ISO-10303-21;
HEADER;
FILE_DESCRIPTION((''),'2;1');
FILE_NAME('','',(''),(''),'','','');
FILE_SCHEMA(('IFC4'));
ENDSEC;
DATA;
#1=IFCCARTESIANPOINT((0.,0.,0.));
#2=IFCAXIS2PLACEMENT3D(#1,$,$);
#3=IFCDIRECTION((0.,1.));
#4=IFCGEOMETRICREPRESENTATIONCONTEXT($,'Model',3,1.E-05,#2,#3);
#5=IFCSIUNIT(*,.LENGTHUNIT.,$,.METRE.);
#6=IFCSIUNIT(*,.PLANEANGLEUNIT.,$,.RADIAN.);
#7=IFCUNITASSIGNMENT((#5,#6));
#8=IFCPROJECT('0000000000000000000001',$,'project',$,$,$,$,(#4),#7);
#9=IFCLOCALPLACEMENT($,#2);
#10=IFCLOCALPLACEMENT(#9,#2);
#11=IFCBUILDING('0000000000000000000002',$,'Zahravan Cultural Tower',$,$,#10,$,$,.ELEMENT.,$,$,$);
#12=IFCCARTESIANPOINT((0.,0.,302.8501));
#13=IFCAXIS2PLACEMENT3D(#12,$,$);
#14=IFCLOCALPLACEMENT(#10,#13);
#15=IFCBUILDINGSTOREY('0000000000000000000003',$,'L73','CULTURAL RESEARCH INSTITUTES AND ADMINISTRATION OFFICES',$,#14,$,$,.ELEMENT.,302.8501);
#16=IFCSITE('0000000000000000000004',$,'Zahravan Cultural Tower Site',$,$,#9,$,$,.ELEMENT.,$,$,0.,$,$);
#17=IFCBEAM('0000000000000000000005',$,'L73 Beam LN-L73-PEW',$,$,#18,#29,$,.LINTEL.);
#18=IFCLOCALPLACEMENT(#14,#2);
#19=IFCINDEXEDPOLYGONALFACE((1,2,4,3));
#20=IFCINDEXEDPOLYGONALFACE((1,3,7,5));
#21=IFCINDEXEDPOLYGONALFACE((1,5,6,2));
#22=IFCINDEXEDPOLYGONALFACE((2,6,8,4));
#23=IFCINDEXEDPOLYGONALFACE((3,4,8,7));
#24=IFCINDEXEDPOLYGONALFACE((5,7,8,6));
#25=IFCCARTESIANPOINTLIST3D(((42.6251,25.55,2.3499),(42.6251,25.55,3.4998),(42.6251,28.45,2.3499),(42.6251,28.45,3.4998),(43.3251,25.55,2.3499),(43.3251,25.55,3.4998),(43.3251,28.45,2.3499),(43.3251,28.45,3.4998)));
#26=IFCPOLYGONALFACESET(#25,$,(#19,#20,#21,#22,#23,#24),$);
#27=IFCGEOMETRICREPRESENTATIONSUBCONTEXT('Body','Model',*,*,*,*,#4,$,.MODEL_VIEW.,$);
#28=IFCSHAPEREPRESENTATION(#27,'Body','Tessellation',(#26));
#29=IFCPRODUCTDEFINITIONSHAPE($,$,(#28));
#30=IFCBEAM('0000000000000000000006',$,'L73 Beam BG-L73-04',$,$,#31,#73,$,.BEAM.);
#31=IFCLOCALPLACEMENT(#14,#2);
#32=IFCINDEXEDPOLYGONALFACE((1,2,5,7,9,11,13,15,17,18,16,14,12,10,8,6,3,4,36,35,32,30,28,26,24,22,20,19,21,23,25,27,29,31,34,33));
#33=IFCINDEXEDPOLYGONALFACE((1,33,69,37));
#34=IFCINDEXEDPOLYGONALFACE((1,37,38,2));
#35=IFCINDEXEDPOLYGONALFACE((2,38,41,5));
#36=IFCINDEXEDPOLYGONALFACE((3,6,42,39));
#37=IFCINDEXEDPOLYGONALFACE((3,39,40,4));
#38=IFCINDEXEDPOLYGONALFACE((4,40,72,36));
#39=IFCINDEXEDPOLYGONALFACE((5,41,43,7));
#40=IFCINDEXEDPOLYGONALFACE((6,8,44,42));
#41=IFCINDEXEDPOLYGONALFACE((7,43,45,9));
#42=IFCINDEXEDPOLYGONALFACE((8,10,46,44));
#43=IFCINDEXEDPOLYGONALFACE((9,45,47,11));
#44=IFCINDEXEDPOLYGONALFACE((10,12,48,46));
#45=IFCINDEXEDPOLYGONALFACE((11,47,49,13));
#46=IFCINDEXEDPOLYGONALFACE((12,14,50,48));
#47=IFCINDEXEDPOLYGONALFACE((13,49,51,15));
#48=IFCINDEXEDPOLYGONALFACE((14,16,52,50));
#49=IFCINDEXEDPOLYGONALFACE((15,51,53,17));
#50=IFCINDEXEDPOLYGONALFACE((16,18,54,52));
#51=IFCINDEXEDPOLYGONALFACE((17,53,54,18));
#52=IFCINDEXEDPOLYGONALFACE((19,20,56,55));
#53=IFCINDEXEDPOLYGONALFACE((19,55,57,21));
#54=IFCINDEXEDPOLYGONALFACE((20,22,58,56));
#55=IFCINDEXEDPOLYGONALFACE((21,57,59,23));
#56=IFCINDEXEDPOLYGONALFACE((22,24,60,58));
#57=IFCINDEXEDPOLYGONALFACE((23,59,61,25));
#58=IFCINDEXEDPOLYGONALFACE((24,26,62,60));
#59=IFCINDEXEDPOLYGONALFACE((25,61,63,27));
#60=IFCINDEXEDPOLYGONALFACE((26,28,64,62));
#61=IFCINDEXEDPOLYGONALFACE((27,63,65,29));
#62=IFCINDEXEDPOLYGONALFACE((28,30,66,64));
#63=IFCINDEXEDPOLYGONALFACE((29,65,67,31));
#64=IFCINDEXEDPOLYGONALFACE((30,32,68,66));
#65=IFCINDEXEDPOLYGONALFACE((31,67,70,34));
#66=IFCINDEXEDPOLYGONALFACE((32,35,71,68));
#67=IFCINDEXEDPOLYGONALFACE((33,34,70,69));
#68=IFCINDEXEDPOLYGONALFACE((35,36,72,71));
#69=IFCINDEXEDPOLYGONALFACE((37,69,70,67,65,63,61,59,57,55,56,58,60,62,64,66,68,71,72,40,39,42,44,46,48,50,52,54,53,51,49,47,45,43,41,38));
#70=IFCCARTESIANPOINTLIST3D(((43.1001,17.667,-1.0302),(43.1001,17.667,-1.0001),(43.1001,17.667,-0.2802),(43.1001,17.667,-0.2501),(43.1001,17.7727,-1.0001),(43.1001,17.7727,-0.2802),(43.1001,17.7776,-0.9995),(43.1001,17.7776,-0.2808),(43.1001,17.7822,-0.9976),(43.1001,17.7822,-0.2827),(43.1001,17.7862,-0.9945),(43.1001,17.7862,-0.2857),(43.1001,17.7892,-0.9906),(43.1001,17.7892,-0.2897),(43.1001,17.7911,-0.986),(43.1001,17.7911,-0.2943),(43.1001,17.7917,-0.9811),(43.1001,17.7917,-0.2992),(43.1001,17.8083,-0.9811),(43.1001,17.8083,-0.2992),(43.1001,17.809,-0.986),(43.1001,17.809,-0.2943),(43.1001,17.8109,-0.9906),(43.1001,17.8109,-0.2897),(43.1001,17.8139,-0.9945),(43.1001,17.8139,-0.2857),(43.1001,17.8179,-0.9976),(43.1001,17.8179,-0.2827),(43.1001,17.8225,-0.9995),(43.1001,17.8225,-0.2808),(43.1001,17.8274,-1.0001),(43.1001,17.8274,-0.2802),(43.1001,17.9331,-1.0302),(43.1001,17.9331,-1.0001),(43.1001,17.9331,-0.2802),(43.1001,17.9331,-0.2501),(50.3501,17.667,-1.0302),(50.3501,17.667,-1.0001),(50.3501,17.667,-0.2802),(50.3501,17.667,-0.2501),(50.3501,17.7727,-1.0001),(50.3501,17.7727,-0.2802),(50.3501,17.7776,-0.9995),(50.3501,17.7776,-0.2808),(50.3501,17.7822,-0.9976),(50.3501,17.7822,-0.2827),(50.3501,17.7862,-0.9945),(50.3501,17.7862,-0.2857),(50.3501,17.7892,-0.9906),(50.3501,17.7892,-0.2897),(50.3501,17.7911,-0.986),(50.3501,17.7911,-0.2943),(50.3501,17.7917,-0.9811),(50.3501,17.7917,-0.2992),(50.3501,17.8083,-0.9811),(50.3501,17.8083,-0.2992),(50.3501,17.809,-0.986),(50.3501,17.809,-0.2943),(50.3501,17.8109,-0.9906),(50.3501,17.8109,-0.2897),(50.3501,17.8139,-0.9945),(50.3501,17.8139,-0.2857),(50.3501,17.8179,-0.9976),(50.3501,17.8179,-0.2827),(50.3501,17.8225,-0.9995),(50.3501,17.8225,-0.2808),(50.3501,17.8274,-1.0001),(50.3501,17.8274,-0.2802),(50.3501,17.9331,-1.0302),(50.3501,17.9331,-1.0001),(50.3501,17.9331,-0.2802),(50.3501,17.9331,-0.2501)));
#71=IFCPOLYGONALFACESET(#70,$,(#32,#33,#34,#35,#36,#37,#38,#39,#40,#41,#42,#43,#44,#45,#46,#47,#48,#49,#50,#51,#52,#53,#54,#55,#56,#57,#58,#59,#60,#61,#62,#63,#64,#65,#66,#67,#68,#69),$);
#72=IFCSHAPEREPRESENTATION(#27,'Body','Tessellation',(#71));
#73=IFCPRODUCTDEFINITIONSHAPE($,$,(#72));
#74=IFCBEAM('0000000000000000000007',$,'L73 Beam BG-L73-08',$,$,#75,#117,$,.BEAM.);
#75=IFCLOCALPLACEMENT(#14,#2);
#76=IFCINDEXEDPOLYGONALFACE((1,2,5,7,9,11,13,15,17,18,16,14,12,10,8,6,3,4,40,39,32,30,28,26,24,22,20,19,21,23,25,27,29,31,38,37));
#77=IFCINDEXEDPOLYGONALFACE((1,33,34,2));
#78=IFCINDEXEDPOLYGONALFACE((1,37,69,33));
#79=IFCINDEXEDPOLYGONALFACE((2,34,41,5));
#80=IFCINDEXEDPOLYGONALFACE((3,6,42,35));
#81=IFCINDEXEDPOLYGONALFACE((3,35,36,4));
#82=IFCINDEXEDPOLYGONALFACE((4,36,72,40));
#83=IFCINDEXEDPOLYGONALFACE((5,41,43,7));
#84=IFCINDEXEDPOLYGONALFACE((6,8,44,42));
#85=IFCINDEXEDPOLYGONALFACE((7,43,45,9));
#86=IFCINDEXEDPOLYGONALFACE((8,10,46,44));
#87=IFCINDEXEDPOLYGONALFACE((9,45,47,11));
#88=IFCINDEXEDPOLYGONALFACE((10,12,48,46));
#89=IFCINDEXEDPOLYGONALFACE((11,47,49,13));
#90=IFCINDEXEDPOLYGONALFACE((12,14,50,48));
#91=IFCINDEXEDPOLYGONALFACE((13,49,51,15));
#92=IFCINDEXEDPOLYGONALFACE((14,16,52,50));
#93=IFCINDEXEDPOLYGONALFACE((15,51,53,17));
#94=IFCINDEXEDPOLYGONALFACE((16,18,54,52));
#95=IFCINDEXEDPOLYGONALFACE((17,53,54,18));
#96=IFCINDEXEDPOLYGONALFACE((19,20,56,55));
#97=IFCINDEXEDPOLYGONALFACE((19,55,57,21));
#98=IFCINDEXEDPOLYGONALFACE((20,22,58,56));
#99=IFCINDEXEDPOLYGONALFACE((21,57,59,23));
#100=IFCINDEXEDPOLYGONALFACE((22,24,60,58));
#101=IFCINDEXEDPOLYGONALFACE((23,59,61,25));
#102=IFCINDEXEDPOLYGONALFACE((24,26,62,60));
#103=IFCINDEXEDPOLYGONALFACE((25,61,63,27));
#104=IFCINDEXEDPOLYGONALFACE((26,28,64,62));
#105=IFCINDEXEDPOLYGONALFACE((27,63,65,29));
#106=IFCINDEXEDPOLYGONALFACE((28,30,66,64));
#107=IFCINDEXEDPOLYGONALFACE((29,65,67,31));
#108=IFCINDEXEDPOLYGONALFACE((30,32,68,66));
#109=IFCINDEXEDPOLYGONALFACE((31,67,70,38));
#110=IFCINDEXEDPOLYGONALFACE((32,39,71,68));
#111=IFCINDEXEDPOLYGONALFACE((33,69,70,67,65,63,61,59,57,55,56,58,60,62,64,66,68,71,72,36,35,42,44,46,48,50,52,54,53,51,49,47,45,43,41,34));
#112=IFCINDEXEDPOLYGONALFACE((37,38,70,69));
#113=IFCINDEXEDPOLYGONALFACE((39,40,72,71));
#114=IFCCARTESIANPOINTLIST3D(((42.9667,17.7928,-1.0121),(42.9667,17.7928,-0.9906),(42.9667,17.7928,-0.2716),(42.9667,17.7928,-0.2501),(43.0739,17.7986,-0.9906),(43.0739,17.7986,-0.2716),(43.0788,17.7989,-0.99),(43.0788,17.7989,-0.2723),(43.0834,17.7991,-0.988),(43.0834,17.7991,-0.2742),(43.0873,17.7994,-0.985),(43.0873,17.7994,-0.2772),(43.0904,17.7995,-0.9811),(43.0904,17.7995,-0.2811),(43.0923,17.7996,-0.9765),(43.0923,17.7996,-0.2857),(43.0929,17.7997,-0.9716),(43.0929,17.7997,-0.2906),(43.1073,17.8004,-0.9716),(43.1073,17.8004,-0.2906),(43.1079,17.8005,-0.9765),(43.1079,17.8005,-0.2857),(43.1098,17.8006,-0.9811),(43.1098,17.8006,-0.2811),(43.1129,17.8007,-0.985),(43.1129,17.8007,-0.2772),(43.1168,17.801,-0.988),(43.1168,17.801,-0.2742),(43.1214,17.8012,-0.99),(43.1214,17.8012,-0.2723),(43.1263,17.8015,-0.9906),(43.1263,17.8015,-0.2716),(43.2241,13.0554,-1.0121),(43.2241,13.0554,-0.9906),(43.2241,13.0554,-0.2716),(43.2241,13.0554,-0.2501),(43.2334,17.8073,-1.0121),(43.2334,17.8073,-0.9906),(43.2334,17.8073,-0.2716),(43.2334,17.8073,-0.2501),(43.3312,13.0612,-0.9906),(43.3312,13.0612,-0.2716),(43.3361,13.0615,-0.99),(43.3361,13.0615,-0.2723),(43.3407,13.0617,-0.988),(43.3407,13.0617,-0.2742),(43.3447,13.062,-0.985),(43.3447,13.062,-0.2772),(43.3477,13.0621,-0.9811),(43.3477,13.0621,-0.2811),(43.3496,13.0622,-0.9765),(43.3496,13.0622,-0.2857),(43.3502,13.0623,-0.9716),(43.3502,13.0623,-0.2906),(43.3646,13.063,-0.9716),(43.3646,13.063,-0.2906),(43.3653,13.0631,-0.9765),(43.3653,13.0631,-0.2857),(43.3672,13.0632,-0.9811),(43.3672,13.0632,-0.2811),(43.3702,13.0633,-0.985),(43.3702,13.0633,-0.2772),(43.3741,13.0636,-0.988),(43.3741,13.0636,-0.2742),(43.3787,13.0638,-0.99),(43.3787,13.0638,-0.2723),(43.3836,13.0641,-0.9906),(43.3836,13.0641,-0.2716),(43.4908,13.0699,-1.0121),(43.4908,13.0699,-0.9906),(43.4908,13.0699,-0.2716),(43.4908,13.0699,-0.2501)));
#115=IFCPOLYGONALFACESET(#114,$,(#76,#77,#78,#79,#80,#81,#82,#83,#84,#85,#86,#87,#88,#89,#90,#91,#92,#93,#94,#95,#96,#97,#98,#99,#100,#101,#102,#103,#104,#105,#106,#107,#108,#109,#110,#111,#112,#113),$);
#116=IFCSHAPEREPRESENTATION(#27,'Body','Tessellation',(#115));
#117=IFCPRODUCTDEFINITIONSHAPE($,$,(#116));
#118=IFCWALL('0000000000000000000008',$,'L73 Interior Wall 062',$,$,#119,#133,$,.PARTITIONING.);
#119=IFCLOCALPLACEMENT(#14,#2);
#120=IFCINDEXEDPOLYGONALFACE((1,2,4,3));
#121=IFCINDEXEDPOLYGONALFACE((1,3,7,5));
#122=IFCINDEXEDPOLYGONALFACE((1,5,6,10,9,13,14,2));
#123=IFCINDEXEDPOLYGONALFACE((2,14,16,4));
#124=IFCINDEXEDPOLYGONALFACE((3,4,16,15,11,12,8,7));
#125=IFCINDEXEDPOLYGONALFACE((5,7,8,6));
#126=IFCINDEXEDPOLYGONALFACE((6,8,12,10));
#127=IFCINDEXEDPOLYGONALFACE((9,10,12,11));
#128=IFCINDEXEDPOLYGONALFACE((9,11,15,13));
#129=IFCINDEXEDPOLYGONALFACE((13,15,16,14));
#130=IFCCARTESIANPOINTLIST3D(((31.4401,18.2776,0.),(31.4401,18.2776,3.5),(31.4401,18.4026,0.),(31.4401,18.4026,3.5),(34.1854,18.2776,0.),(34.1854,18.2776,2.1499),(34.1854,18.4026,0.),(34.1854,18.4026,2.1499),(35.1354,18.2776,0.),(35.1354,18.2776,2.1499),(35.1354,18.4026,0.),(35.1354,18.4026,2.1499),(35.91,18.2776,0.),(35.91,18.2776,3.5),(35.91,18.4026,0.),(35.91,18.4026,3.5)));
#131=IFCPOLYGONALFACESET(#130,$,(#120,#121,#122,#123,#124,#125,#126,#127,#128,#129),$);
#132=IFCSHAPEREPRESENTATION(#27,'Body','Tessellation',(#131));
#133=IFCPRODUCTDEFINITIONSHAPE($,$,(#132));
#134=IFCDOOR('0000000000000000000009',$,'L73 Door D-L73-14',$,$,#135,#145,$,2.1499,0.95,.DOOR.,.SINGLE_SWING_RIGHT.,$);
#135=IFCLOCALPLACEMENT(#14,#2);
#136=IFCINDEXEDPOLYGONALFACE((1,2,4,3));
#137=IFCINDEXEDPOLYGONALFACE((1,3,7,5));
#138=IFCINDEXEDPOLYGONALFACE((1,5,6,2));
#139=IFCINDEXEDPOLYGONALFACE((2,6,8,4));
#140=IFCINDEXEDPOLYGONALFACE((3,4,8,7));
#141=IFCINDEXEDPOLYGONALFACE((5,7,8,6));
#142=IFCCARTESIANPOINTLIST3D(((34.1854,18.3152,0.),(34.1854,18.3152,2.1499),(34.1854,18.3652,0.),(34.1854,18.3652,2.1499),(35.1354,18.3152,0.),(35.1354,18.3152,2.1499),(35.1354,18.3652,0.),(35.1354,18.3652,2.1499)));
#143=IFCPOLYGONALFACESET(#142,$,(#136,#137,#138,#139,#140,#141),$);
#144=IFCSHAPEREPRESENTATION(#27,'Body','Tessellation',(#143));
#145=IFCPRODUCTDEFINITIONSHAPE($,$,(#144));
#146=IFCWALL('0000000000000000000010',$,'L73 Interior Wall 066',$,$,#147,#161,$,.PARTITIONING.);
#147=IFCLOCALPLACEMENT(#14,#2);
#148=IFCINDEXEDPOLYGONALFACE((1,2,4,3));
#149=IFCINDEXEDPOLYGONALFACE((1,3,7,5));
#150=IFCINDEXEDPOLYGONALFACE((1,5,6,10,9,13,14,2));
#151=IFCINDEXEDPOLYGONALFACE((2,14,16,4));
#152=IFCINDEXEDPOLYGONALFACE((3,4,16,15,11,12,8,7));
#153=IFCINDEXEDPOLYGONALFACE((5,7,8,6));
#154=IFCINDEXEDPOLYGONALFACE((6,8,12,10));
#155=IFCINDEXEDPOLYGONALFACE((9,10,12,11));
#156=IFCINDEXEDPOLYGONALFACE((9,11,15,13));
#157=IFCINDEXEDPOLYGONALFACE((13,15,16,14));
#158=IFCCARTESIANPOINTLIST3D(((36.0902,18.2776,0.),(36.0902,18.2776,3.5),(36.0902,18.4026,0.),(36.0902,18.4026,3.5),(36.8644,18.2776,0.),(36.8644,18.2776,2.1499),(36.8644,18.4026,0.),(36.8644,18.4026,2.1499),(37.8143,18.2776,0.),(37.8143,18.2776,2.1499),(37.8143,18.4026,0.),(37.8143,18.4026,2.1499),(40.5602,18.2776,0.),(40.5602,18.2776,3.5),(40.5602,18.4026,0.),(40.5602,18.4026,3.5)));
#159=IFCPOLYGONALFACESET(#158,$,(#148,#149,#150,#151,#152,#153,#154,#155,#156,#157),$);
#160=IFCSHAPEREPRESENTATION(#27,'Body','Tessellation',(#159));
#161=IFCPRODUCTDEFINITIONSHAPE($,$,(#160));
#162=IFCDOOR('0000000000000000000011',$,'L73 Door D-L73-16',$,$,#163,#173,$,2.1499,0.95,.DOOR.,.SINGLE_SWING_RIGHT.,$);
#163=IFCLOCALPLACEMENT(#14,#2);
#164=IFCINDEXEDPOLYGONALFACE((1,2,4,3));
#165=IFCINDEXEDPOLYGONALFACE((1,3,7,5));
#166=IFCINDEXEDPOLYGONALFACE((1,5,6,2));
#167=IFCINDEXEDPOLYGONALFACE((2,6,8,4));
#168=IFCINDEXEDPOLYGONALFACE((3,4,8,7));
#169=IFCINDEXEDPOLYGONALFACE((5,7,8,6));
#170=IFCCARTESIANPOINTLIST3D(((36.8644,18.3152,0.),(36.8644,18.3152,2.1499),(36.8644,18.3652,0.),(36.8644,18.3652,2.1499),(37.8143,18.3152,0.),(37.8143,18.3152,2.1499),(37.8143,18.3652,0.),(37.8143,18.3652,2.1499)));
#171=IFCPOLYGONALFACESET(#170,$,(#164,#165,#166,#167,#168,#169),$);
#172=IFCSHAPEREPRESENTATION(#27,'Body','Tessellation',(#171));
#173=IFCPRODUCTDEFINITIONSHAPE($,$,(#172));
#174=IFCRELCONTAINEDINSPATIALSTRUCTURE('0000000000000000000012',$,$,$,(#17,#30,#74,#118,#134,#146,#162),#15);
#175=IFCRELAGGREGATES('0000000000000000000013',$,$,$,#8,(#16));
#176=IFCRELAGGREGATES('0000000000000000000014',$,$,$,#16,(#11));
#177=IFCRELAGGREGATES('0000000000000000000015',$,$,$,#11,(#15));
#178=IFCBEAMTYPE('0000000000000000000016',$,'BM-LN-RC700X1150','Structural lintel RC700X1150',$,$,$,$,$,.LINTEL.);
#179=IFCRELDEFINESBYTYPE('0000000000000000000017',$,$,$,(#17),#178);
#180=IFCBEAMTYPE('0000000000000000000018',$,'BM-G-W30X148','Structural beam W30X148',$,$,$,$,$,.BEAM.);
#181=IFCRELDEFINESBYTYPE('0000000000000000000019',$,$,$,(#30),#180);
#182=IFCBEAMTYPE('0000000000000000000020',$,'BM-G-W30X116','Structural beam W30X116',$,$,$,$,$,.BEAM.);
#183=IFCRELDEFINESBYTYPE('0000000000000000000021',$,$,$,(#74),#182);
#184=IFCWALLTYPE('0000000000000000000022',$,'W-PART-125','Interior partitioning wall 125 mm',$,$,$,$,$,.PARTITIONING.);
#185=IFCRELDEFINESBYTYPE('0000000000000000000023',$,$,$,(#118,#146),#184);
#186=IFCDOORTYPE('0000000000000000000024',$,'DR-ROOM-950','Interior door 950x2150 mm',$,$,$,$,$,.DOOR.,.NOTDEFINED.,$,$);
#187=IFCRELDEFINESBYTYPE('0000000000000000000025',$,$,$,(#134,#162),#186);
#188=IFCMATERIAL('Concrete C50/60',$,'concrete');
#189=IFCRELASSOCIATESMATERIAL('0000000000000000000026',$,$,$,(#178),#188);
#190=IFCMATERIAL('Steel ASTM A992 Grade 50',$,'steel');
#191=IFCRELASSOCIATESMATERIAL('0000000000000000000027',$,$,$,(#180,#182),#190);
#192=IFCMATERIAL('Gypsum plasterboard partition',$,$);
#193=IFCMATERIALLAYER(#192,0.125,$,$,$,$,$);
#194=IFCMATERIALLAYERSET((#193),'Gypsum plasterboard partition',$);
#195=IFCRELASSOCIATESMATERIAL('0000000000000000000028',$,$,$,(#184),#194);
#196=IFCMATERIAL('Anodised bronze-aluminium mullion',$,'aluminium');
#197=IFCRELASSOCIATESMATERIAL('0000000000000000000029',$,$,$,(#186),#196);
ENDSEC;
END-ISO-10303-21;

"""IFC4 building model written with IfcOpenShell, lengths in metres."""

from ifc_helpers import new_model, si_unit, direction, frame, frame_2d, origin, origin_2d, place, context, subcontext, project, spatial, rectangle, i_section, extrude, source, transform, mapped, material, layer, layer_set, material_profile, profile_set, type_object, element, fill, save


model = new_model("IFC4")

# Units and contexts
model_context = context("Model", 3, precision=1e-05, world=origin(), true_north=direction((0.0, 1.0)))
body_context = subcontext(model_context, "Body", "Model", "MODEL_VIEW")
ifc_project = project(units=[si_unit("LENGTHUNIT", "METRE"), si_unit("PLANEANGLEUNIT", "RADIAN")], contexts=[model_context])

# Site, building, storey
site_placement = place(None, origin())
site = spatial("IfcSite", under=ifc_project, at=site_placement, Name="Zahravan Cultural Tower Site", CompositionType="ELEMENT", RefElevation=0.0)
building_placement = place(site_placement, origin())
building = spatial("IfcBuilding", under=site, at=building_placement, Name="Zahravan Cultural Tower", CompositionType="ELEMENT")
storey_placement = place(building_placement, frame((0.0, 0.0, 302.8501)))
storey = spatial("IfcBuildingStorey", under=building, at=storey_placement, Name="L73", Description="CULTURAL RESEARCH INSTITUTES AND ADMINISTRATION OFFICES", CompositionType="ELEMENT", Elevation=302.8501)

# Beams
ifc_material_1 = material(Name="Concrete C50/60", Category="concrete")
ifc_material_profile_1 = material_profile(ifc_material_1, rectangle(XDim=0.7, YDim=1.1499, at=origin_2d()), Name="RC700X1150")
ifc_profile_set_1 = profile_set([ifc_material_profile_1], Name="Concrete C50/60")
beam_type_1 = type_object("IfcBeamType", Name="BM-LN-RC700X1150", Description="Structural lintel RC700X1150", PredefinedType="LINTEL", material=ifc_profile_set_1)
shared_shape_1 = source(origin(), body_context, "Body", "SweptSolid", [
    extrude(rectangle(XDim=0.7, YDim=1.1499, at=origin_2d()), origin(), (0.0, 0.0, 1.0), 2.8999),
])
beam_1_placement = place(storey_placement, frame((42.9751, 25.55, 2.9248), z_axis=(0.0, 1.0, 0.0), x_axis=(-1.0, 0.0, 0.0)))
element("IfcBeam", 1, at=beam_1_placement, inside=storey, type_object=beam_type_1, Name="L73 Beam LN-L73-PEW", PredefinedType="LINTEL", context=body_context, shape_type="MappedRepresentation", body=[
    mapped(shared_shape_1, transform((0.0, 0.0, 0.0), x_axis=(1.0, 0.0, 0.0), y_axis=(0.0, 1.0, 0.0), z_axis=(0.0, 0.0, 1.0), scale=1.0)),
])
ifc_material_2 = material(Name="Steel ASTM A992 Grade 50", Category="steel")
ifc_material_profile_2 = material_profile(ifc_material_2, i_section(OverallWidth=0.2661, OverallDepth=0.78, WebThickness=0.0166, FlangeThickness=0.03, FilletRadius=0.019, at=origin_2d()), Name="W30X148")
ifc_profile_set_2 = profile_set([ifc_material_profile_2], Name="Steel ASTM A992 Grade 50")
beam_type_2 = type_object("IfcBeamType", Name="BM-G-W30X148", Description="Structural beam W30X148", PredefinedType="BEAM", material=ifc_profile_set_2)
shared_shape_2 = source(origin(), body_context, "Body", "SweptSolid", [
    extrude(i_section(OverallWidth=0.2661, OverallDepth=0.78, WebThickness=0.0166, FlangeThickness=0.03, FilletRadius=0.019, at=origin_2d()), origin(), (0.0, 0.0, 1.0), 7.25),
])
beam_2_placement = place(storey_placement, frame((43.1001, 17.8, -0.6401), z_axis=(1.0, 0.0, 0.0), x_axis=(0.0, 1.0, 0.0)))
element("IfcBeam", 2, at=beam_2_placement, inside=storey, type_object=beam_type_2, Name="L73 Beam BG-L73-04", PredefinedType="BEAM", context=body_context, shape_type="MappedRepresentation", body=[
    mapped(shared_shape_2, transform((0.0, 0.0, 0.0), x_axis=(1.0, 0.0, 0.0), y_axis=(0.0, 1.0, 0.0), z_axis=(0.0, 0.0, 1.0), scale=1.0)),
])
ifc_material_profile_3 = material_profile(ifc_material_2, i_section(OverallWidth=0.2671, OverallDepth=0.762, WebThickness=0.0144, FlangeThickness=0.0215, FilletRadius=0.019, at=origin_2d()), Name="W30X116")
ifc_profile_set_3 = profile_set([ifc_material_profile_3], Name="Steel ASTM A992 Grade 50")
beam_type_3 = type_object("IfcBeamType", Name="BM-G-W30X116", Description="Structural beam W30X116", PredefinedType="BEAM", material=ifc_profile_set_3)
shared_shape_3 = source(origin(), body_context, "Body", "SweptSolid", [
    extrude(i_section(OverallWidth=0.2671, OverallDepth=0.762, WebThickness=0.0144, FlangeThickness=0.0215, FilletRadius=0.019, at=origin_2d()), origin(), (0.0, 0.0, 1.0), 4.7444),
])
beam_3_placement = place(storey_placement, frame((43.1001, 17.8, -0.6311), z_axis=(0.054239, -0.998528, 0.0), x_axis=(0.998528, 0.054239, 0.0)))
element("IfcBeam", 3, at=beam_3_placement, inside=storey, type_object=beam_type_3, Name="L73 Beam BG-L73-08", PredefinedType="BEAM", context=body_context, shape_type="MappedRepresentation", body=[
    mapped(shared_shape_3, transform((0.0, 0.0, 0.0), x_axis=(1.0, 0.0, 0.0), y_axis=(0.0, 1.0, 0.0), z_axis=(0.0, 0.0, 1.0), scale=1.0)),
])

# Walls, openings, doors
ifc_material_3 = material(Name="Gypsum plasterboard partition")
ifc_layer_1 = layer(ifc_material_3, 0.125)
ifc_layer_set_1 = layer_set([ifc_layer_1], Name="Gypsum plasterboard partition")
wall_type_1 = type_object("IfcWallType", Name="W-PART-125", Description="Interior partitioning wall 125 mm", PredefinedType="PARTITIONING", material=ifc_layer_set_1)
wall_1_placement = place(storey_placement, frame((35.9099, 18.3401, 0.0), z_axis=(0.0, 0.0, 1.0), x_axis=(-1.0, 0.0, 0.0)))
wall_1 = element("IfcWall", 4, at=wall_1_placement, inside=storey, type_object=wall_type_1, Name="L73 Interior Wall 062", PredefinedType="PARTITIONING", context=body_context, shape_type="SweptSolid", body=[
    extrude(rectangle(XDim=4.47, YDim=0.125, at=frame_2d((2.2349, 0.0))), origin(), (0.0, 0.0, 1.0), 3.5),
])
opening_1_placement = place(wall_1_placement, frame((0.7744, 0.0, 0.0)))
opening_1 = element("IfcOpeningElement", 5, at=opening_1_placement, cuts=wall_1, PredefinedType="OPENING", context=body_context, shape_type="SweptSolid", body=[
    extrude(rectangle(XDim=0.95, YDim=2.1499, at=frame_2d((0.4751, 1.075))), frame((0.0, 0.0725, 0.0), z_axis=(0.0, -1.0, 0.0), x_axis=(1.0, 0.0, 0.0)), (0.0, 0.0, 1.0), 0.145),
])
ifc_material_4 = material(Name="Anodised bronze-aluminium mullion", Category="aluminium")
door_type_1 = type_object("IfcDoorType", Name="DR-ROOM-950", Description="Interior door 950x2150 mm", OperationType="NOTDEFINED", PredefinedType="DOOR", material=ifc_material_4)
shared_shape_4 = source(origin(), body_context, "Body", "SweptSolid", [
    extrude(rectangle(XDim=0.95, YDim=2.1499, at=frame_2d((0.4751, 1.075))), frame((0.0, 0.0249, 0.0), z_axis=(0.0, -1.0, 0.0), x_axis=(1.0, 0.0, 0.0)), (0.0, 0.0, 1.0), 0.05),
])
door_1_placement = place(opening_1_placement, origin())
door_1 = element("IfcDoor", 6, at=door_1_placement, inside=storey, type_object=door_type_1, Name="L73 Door D-L73-14", OperationType="SINGLE_SWING_RIGHT", OverallHeight=2.1499, OverallWidth=0.95, PredefinedType="DOOR", context=body_context, shape_type="MappedRepresentation", body=[
    mapped(shared_shape_4, transform((0.0, 0.0, 0.0), x_axis=(1.0, 0.0, 0.0), y_axis=(0.0, 1.0, 0.0), z_axis=(0.0, 0.0, 1.0), scale=1.0)),
])
fill(opening_1, door_1)
wall_2_placement = place(storey_placement, frame((40.5601, 18.3401, 0.0), z_axis=(0.0, 0.0, 1.0), x_axis=(-1.0, 0.0, 0.0)))
wall_2 = element("IfcWall", 7, at=wall_2_placement, inside=storey, type_object=wall_type_1, Name="L73 Interior Wall 066", PredefinedType="PARTITIONING", context=body_context, shape_type="SweptSolid", body=[
    extrude(rectangle(XDim=4.47, YDim=0.125, at=frame_2d((2.2349, 0.0))), origin(), (0.0, 0.0, 1.0), 3.5),
])
opening_2_placement = place(wall_2_placement, frame((2.7456, 0.0, 0.0)))
opening_2 = element("IfcOpeningElement", 8, at=opening_2_placement, cuts=wall_2, PredefinedType="OPENING", context=body_context, shape_type="SweptSolid", body=[
    extrude(rectangle(XDim=0.95, YDim=2.1499, at=frame_2d((0.4751, 1.075))), frame((0.0, 0.0725, 0.0), z_axis=(0.0, -1.0, 0.0), x_axis=(1.0, 0.0, 0.0)), (0.0, 0.0, 1.0), 0.145),
])
door_2_placement = place(opening_2_placement, origin())
door_2 = element("IfcDoor", 9, at=door_2_placement, inside=storey, type_object=door_type_1, Name="L73 Door D-L73-16", OperationType="SINGLE_SWING_RIGHT", OverallHeight=2.1499, OverallWidth=0.95, PredefinedType="DOOR", context=body_context, shape_type="MappedRepresentation", body=[
    mapped(shared_shape_4, transform((0.0, 0.0, 0.0), x_axis=(1.0, 0.0, 0.0), y_axis=(0.0, 1.0, 0.0), z_axis=(0.0, 0.0, 1.0), scale=1.0)),
])
fill(opening_2, door_2)

save(model, "model.ifc")
